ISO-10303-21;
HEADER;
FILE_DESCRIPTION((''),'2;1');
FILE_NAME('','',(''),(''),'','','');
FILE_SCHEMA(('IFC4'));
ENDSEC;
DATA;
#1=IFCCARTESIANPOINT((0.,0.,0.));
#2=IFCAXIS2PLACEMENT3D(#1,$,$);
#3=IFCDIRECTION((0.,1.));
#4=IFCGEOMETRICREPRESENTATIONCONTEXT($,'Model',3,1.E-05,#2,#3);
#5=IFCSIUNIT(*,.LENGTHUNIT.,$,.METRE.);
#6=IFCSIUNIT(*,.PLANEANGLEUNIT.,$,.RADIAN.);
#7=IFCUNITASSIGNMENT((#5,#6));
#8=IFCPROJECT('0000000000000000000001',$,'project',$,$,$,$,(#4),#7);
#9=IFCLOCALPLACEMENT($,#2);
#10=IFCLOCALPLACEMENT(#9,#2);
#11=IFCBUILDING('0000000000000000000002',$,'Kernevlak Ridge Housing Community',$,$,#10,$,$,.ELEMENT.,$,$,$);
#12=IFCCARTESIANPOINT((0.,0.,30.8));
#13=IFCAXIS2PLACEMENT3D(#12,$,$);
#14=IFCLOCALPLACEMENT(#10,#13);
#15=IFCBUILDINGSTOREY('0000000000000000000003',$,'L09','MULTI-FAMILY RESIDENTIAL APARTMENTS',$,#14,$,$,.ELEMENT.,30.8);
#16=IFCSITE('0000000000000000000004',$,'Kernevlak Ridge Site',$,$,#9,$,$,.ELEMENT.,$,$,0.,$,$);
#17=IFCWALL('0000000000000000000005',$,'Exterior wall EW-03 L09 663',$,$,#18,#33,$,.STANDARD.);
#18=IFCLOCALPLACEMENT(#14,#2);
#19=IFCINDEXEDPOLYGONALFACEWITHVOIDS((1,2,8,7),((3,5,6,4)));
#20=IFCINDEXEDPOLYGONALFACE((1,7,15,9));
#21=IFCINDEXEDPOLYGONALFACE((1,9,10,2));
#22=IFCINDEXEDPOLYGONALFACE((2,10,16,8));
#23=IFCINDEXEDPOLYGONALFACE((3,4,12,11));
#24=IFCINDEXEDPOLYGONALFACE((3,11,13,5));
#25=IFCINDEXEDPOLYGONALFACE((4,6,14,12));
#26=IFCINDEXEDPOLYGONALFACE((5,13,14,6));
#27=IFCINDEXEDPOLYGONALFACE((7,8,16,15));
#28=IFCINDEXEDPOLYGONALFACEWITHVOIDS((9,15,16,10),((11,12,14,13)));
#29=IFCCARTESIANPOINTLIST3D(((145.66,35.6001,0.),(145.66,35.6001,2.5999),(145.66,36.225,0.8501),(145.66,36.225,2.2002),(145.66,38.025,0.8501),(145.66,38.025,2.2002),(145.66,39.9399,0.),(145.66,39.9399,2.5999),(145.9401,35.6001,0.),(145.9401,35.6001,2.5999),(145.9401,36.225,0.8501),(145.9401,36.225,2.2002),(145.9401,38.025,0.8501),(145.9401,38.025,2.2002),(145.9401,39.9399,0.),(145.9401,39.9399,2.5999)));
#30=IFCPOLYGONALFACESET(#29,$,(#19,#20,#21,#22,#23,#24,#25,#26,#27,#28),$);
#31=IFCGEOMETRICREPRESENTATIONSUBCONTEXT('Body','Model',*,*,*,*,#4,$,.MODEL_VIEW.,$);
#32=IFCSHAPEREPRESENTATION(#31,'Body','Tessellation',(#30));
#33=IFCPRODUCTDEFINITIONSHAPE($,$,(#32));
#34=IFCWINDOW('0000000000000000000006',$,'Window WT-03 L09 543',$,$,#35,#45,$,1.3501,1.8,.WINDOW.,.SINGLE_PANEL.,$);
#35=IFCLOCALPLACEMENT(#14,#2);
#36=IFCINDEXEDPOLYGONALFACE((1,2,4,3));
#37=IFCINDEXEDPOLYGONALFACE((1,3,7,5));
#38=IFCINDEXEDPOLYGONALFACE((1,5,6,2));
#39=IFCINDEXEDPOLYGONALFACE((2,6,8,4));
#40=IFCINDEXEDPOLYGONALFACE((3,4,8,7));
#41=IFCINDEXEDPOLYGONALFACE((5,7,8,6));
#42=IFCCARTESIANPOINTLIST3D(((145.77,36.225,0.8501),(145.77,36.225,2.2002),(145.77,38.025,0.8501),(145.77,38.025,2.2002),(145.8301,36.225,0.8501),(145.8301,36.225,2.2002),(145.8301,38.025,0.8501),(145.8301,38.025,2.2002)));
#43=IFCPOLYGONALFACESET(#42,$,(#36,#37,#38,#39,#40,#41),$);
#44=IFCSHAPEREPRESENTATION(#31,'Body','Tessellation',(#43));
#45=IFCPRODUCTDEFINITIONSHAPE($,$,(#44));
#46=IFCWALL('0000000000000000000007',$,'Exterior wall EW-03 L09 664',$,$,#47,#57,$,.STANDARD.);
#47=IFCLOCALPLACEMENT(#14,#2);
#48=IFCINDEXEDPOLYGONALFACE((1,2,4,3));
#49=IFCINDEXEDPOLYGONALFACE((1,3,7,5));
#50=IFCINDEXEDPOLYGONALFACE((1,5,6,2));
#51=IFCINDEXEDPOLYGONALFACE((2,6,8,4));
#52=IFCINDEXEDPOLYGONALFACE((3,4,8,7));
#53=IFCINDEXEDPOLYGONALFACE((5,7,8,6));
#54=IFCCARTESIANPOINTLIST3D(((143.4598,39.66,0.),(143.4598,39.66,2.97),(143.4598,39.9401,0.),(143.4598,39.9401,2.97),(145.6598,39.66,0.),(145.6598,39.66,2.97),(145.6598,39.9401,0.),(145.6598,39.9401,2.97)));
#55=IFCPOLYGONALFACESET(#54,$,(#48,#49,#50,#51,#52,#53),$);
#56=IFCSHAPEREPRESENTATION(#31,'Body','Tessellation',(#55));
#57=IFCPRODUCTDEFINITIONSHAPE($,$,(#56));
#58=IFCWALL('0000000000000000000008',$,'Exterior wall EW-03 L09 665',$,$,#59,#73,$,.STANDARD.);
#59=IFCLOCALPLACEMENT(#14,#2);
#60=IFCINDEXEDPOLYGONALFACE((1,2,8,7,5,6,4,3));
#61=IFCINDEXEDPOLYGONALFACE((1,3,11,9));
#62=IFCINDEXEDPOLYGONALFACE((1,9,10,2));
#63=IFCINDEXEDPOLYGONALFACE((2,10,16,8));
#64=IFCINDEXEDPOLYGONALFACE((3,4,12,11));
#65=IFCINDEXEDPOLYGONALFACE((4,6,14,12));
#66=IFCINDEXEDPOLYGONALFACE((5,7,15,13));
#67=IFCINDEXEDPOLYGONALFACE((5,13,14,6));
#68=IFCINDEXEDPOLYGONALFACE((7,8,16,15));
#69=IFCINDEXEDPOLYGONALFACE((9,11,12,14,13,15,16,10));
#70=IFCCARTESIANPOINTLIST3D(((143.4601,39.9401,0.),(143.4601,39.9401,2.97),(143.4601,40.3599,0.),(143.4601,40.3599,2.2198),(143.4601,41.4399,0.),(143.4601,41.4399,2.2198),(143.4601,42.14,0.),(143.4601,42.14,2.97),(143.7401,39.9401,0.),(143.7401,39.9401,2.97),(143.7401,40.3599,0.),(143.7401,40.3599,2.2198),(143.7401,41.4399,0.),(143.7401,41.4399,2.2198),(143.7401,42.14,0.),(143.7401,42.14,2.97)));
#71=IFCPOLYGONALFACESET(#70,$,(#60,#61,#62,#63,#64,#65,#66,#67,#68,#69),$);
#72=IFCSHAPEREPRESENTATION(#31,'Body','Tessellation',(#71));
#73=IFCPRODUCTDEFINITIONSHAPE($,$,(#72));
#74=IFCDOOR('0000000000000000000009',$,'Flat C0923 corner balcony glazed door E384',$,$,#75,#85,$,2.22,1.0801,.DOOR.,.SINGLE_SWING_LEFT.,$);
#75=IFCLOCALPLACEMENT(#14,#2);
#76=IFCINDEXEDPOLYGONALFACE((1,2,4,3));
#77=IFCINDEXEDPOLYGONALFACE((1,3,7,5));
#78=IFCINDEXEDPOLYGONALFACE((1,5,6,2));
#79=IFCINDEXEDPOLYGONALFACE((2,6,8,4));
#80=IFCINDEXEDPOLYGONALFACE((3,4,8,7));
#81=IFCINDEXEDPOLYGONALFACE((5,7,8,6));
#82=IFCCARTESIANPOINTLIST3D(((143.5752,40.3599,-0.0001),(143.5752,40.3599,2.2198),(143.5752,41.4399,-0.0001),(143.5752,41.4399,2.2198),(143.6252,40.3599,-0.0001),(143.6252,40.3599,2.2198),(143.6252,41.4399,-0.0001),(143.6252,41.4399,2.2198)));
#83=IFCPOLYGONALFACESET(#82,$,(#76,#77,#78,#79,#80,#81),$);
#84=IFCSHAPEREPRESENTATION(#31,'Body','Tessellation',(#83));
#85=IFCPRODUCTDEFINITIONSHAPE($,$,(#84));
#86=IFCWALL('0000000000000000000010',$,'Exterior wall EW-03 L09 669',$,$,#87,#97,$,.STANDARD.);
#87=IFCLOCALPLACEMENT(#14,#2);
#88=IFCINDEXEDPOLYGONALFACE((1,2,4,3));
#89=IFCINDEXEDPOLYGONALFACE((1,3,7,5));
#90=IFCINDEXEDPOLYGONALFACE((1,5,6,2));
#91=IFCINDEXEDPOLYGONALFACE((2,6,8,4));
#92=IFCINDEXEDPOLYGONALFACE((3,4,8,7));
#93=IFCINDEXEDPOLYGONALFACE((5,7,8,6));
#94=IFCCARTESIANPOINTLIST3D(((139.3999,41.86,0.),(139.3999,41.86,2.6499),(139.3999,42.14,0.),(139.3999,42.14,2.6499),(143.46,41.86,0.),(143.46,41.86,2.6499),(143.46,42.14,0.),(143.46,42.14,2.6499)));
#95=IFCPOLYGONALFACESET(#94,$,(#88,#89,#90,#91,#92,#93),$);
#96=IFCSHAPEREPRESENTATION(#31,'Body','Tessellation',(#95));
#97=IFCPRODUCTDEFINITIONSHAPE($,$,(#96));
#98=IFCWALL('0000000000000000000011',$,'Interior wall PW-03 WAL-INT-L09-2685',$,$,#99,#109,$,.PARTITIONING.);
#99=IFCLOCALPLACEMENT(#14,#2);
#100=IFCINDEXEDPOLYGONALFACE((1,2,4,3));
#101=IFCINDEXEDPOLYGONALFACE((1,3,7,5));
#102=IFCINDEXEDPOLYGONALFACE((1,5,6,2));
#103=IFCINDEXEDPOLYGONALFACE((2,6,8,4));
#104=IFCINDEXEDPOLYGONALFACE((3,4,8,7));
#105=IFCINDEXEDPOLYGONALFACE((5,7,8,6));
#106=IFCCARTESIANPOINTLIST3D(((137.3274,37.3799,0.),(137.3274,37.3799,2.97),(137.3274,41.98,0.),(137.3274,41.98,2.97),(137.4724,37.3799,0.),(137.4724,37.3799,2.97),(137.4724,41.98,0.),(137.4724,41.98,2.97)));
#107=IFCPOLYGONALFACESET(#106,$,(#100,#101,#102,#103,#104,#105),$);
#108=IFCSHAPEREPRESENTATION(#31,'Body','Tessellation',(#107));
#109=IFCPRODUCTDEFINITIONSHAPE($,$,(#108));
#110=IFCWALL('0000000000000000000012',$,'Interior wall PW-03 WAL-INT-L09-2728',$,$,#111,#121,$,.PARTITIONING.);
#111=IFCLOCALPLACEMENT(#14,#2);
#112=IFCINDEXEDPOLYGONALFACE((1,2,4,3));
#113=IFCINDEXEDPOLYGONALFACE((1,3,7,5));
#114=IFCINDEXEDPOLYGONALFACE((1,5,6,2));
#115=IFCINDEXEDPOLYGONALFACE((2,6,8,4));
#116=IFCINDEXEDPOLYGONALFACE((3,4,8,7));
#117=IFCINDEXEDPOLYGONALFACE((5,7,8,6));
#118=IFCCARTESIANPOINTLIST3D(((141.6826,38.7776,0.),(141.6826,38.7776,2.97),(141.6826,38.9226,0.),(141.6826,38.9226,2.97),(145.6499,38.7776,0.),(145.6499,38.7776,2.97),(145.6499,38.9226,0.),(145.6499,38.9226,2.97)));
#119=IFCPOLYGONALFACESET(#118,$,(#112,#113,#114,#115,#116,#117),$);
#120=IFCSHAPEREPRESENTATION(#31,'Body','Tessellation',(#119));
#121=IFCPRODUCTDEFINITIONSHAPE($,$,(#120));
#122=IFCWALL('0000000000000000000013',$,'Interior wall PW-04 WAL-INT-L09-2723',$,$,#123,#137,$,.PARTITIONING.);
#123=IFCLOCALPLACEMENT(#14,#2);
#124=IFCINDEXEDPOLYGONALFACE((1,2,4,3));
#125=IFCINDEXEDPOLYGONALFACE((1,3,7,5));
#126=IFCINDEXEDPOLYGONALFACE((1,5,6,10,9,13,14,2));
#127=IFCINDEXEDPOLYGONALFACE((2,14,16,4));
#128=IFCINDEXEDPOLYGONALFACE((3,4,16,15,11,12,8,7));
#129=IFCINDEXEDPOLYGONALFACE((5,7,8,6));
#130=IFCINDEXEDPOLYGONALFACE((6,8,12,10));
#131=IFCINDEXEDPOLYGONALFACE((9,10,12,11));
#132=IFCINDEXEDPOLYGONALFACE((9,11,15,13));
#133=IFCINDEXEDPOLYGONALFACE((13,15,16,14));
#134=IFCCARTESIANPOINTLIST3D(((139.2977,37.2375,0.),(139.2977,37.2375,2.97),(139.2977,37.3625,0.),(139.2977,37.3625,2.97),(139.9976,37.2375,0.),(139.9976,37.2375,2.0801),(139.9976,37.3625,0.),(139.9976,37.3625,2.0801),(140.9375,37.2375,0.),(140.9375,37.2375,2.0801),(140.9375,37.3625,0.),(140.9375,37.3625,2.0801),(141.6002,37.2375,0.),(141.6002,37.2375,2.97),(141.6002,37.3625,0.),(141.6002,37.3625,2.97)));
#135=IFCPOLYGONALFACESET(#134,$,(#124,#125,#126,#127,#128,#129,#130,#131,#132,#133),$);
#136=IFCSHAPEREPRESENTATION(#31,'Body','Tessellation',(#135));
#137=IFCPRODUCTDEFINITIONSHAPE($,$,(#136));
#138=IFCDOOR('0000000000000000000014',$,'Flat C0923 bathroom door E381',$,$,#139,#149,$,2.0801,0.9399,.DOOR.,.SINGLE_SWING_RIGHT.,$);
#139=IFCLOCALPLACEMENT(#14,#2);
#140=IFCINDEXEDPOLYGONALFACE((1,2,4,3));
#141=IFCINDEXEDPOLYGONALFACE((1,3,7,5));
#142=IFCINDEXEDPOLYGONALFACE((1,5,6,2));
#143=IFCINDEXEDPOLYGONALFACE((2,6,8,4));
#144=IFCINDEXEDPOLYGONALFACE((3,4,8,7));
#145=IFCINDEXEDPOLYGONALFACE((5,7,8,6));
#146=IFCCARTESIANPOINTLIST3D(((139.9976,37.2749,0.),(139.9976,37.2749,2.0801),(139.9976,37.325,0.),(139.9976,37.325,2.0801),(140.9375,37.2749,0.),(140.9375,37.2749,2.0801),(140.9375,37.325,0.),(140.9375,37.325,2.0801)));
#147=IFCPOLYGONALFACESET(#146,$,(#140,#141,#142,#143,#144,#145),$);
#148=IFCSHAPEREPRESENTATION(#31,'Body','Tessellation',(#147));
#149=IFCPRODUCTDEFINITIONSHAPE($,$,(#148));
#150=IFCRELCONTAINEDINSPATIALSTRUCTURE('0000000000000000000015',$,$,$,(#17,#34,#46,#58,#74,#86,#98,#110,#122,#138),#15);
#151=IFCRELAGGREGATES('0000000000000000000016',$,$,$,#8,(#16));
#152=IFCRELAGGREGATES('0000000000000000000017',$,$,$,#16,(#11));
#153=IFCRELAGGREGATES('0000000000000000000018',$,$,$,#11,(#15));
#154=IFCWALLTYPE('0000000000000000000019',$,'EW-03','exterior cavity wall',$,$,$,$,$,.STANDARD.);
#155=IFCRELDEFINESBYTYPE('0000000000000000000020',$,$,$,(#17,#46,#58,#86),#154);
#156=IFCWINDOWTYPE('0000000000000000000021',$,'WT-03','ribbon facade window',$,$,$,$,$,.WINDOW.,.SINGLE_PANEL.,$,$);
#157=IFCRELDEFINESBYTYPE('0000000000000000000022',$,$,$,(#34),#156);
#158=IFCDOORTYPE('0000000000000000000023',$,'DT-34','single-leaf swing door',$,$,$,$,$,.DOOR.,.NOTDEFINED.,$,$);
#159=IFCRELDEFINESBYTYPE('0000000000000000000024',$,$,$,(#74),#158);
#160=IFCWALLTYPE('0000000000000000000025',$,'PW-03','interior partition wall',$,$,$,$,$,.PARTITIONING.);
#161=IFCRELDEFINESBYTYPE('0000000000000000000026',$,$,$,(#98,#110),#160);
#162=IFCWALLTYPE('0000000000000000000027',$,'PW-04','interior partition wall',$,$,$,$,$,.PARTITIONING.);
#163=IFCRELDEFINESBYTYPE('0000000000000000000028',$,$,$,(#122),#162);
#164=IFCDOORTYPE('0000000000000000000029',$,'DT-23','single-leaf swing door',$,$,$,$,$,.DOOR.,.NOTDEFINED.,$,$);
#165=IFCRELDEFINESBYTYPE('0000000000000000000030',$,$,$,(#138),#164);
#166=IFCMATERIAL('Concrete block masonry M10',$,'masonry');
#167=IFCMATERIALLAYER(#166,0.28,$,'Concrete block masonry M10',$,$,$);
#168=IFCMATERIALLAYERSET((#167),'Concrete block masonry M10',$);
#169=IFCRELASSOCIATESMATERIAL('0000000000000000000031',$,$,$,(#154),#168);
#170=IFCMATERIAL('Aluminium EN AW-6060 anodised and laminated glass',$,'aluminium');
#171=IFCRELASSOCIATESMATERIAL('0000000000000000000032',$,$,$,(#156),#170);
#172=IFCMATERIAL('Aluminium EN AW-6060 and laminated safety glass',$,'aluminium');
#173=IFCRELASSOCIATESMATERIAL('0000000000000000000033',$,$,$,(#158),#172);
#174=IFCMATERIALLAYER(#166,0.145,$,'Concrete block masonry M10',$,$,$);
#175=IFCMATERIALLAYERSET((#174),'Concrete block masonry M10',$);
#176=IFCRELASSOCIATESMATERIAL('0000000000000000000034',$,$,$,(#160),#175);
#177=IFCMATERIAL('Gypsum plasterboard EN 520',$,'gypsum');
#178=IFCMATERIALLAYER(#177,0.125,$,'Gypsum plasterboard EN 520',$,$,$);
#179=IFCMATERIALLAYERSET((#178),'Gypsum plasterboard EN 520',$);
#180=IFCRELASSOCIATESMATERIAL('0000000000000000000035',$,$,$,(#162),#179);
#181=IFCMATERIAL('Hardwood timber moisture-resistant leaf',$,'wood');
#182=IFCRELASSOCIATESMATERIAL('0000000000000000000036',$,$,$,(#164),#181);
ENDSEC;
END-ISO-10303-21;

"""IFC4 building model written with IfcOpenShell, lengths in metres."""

from ifc_helpers import new_model, si_unit, direction, frame, frame_2d, origin, place, context, subcontext, project, spatial, rectangle, extrude, material, layer, layer_set, type_object, element, fill, save


model = new_model("IFC4")

# Units and contexts
model_context = context("Model", 3, precision=1e-05, world=origin(), true_north=direction((0.0, 1.0)))
body_context = subcontext(model_context, "Body", "Model", "MODEL_VIEW")
ifc_project = project(units=[si_unit("LENGTHUNIT", "METRE"), si_unit("PLANEANGLEUNIT", "RADIAN")], contexts=[model_context])

# Site, building, storey
site_placement = place(None, origin())
site = spatial("IfcSite", under=ifc_project, at=site_placement, Name="Kernevlak Ridge Site", CompositionType="ELEMENT", RefElevation=0.0)
building_placement = place(site_placement, origin())
building = spatial("IfcBuilding", under=site, at=building_placement, Name="Kernevlak Ridge Housing Community", CompositionType="ELEMENT")
storey_placement = place(building_placement, frame((0.0, 0.0, 30.8)))
storey = spatial("IfcBuildingStorey", under=building, at=storey_placement, Name="L09", Description="MULTI-FAMILY RESIDENTIAL APARTMENTS", CompositionType="ELEMENT", Elevation=30.8)

# Shared definitions
ifc_material_1 = material(Name="Aluminium EN AW-6060 anodised and laminated glass", Category="aluminium")

# Wall, opening, window
ifc_material_2 = material(Name="Concrete block masonry M10", Category="masonry")
ifc_layer_1 = layer(ifc_material_2, 0.28, Name="Concrete block masonry M10")
ifc_layer_set_1 = layer_set([ifc_layer_1], Name="Concrete block masonry M10")
wall_type_1 = type_object("IfcWallType", Name="EW-03", Description="exterior cavity wall", PredefinedType="STANDARD", material=ifc_layer_set_1)
wall_1_placement = place(storey_placement, frame((145.8, 35.6001, 0.0), z_axis=(0.0, 0.0, 1.0), x_axis=(0.0, 1.0, 0.0)))
wall_1 = element("IfcWall", 1, at=wall_1_placement, inside=storey, type_object=wall_type_1, Name="Exterior wall EW-03 L09 663", PredefinedType="STANDARD", context=body_context, shape_type="SweptSolid", body=[
    extrude(rectangle(XDim=4.3398, YDim=0.28, at=frame_2d((2.1699, 0.0))), origin(), (0.0, 0.0, 1.0), 2.5999),
])
opening_1_placement = place(wall_1_placement, frame((0.625, 0.0, 0.8501)))
opening_1 = element("IfcOpeningElement", 2, at=opening_1_placement, cuts=wall_1, PredefinedType="OPENING", context=body_context, shape_type="SweptSolid", body=[
    extrude(rectangle(XDim=1.8, YDim=1.3501, at=frame_2d((0.8999, 0.675))), frame((0.0, 0.1499, 0.0), z_axis=(0.0, -1.0, 0.0), x_axis=(1.0, 0.0, 0.0)), (0.0, 0.0, 1.0), 0.3),
])
window_type = type_object("IfcWindowType", Name="WT-03", Description="ribbon facade window", PartitioningType="SINGLE_PANEL", PredefinedType="WINDOW", material=ifc_material_1)
window_placement = place(opening_1_placement, origin())
window = element("IfcWindow", 3, at=window_placement, inside=storey, type_object=window_type, Name="Window WT-03 L09 543", OverallHeight=1.3501, OverallWidth=1.8, PartitioningType="SINGLE_PANEL", PredefinedType="WINDOW", context=body_context, shape_type="SweptSolid", body=[
    extrude(rectangle(XDim=1.8, YDim=1.3501, at=frame_2d((0.8999, 0.675))), frame((0.0, 0.03, 0.0), z_axis=(0.0, -1.0, 0.0), x_axis=(1.0, 0.0, 0.0)), (0.0, 0.0, 1.0), 0.0601),
])
fill(opening_1, window)

# Wall
wall_2_placement = place(storey_placement, frame((145.6599, 39.8, 0.0), z_axis=(0.0, 0.0, 1.0), x_axis=(-1.0, 0.0, 0.0)))
element("IfcWall", 4, at=wall_2_placement, inside=storey, type_object=wall_type_1, Name="Exterior wall EW-03 L09 664", PredefinedType="STANDARD", context=body_context, shape_type="SweptSolid", body=[
    extrude(rectangle(XDim=2.2, YDim=0.28, at=frame_2d((1.1001, 0.0))), origin(), (0.0, 0.0, 1.0), 2.97),
])

# Wall, opening, door
wall_3_placement = place(storey_placement, frame((143.6001, 39.9399, 0.0), z_axis=(0.0, 0.0, 1.0), x_axis=(0.0, 1.0, 0.0)))
wall_3 = element("IfcWall", 5, at=wall_3_placement, inside=storey, type_object=wall_type_1, Name="Exterior wall EW-03 L09 665", PredefinedType="STANDARD", context=body_context, shape_type="SweptSolid", body=[
    extrude(rectangle(XDim=2.2, YDim=0.28, at=frame_2d((1.1001, 0.0))), origin(), (0.0, 0.0, 1.0), 2.97),
])
opening_2_placement = place(wall_3_placement, frame((0.4199, 0.0, 0.0)))
opening_2 = element("IfcOpeningElement", 6, at=opening_2_placement, cuts=wall_3, PredefinedType="OPENING", context=body_context, shape_type="SweptSolid", body=[
    extrude(rectangle(XDim=1.0801, YDim=2.22, at=frame_2d((0.54, 1.1099))), frame((0.0, 0.1499, 0.0), z_axis=(0.0, -1.0, 0.0), x_axis=(1.0, 0.0, 0.0)), (0.0, 0.0, 1.0), 0.3),
])
ifc_material_3 = material(Name="Aluminium EN AW-6060 and laminated safety glass", Category="aluminium")
door_type_1 = type_object("IfcDoorType", Name="DT-34", Description="single-leaf swing door", OperationType="NOTDEFINED", PredefinedType="DOOR", material=ifc_material_3)
door_1_placement = place(opening_2_placement, origin())
door_1 = element("IfcDoor", 7, at=door_1_placement, inside=storey, type_object=door_type_1, Name="Flat C0923 corner balcony glazed door E384", OperationType="SINGLE_SWING_LEFT", OverallHeight=2.22, OverallWidth=1.0801, PredefinedType="DOOR", context=body_context, shape_type="SweptSolid", body=[
    extrude(rectangle(XDim=1.0801, YDim=2.22, at=frame_2d((0.54, 1.1099))), frame((0.0, 0.0249, 0.0), z_axis=(0.0, -1.0, 0.0), x_axis=(1.0, 0.0, 0.0)), (0.0, 0.0, 1.0), 0.05),
])
fill(opening_2, door_1)

# Walls
wall_4_placement = place(storey_placement, frame((139.3999, 42.0, 0.0), z_axis=(0.0, 0.0, 1.0), x_axis=(1.0, 0.0, 0.0)))
element("IfcWall", 8, at=wall_4_placement, inside=storey, type_object=wall_type_1, Name="Exterior wall EW-03 L09 669", PredefinedType="STANDARD", context=body_context, shape_type="SweptSolid", body=[
    extrude(rectangle(XDim=4.0601, YDim=0.28, at=frame_2d((2.03, 0.0))), origin(), (0.0, 0.0, 1.0), 2.6499),
])
ifc_layer_2 = layer(ifc_material_2, 0.145, Name="Concrete block masonry M10")
ifc_layer_set_2 = layer_set([ifc_layer_2], Name="Concrete block masonry M10")
wall_type_2 = type_object("IfcWallType", Name="PW-03", Description="interior partition wall", PredefinedType="PARTITIONING", material=ifc_layer_set_2)
wall_5_placement = place(storey_placement, frame((137.3999, 37.3799, 0.0), z_axis=(0.0, 0.0, 1.0), x_axis=(0.0, 1.0, 0.0)))
element("IfcWall", 9, at=wall_5_placement, inside=storey, type_object=wall_type_2, Name="Interior wall PW-03 WAL-INT-L09-2685", PredefinedType="PARTITIONING", context=body_context, shape_type="SweptSolid", body=[
    extrude(rectangle(XDim=4.6001, YDim=0.145, at=frame_2d((2.3, 0.0))), origin(), (0.0, 0.0, 1.0), 2.97),
])

# Wall
wall_6_placement = place(storey_placement, frame((141.6826, 38.8501, 0.0), z_axis=(0.0, 0.0, 1.0), x_axis=(1.0, 0.0, 0.0)))
element("IfcWall", 10, at=wall_6_placement, inside=storey, type_object=wall_type_2, Name="Interior wall PW-03 WAL-INT-L09-2728", PredefinedType="PARTITIONING", context=body_context, shape_type="SweptSolid", body=[
    extrude(rectangle(XDim=3.9673, YDim=0.145, at=frame_2d((1.9836, 0.0))), origin(), (0.0, 0.0, 1.0), 2.97),
])

# Wall, opening, door
ifc_material_4 = material(Name="Gypsum plasterboard EN 520", Category="gypsum")
ifc_layer_3 = layer(ifc_material_4, 0.125, Name="Gypsum plasterboard EN 520")
ifc_layer_set_3 = layer_set([ifc_layer_3], Name="Gypsum plasterboard EN 520")
wall_type_3 = type_object("IfcWallType", Name="PW-04", Description="interior partition wall", PredefinedType="PARTITIONING", material=ifc_layer_set_3)
wall_7_placement = place(storey_placement, frame((139.2976, 37.3, 0.0), z_axis=(0.0, 0.0, 1.0), x_axis=(1.0, 0.0, 0.0)))
wall_7 = element("IfcWall", 11, at=wall_7_placement, inside=storey, type_object=wall_type_3, Name="Interior wall PW-04 WAL-INT-L09-2723", PredefinedType="PARTITIONING", context=body_context, shape_type="SweptSolid", body=[
    extrude(rectangle(XDim=2.3025, YDim=0.125, at=frame_2d((1.1514, 0.0))), origin(), (0.0, 0.0, 1.0), 2.97),
])
opening_3_placement = place(wall_7_placement, frame((0.7, 0.0, 0.0)))
opening_3 = element("IfcOpeningElement", 12, at=opening_3_placement, cuts=wall_7, PredefinedType="OPENING", context=body_context, shape_type="SweptSolid", body=[
    extrude(rectangle(XDim=0.9399, YDim=2.0801, at=frame_2d((0.47, 1.04))), frame((0.0, 0.0725, 0.0), z_axis=(0.0, -1.0, 0.0), x_axis=(1.0, 0.0, 0.0)), (0.0, 0.0, 1.0), 0.145),
])
ifc_material_5 = material(Name="Hardwood timber moisture-resistant leaf", Category="wood")
door_type_2 = type_object("IfcDoorType", Name="DT-23", Description="single-leaf swing door", OperationType="NOTDEFINED", PredefinedType="DOOR", material=ifc_material_5)
door_2_placement = place(opening_3_placement, origin())
door_2 = element("IfcDoor", 13, at=door_2_placement, inside=storey, type_object=door_type_2, Name="Flat C0923 bathroom door E381", OperationType="SINGLE_SWING_RIGHT", OverallHeight=2.0801, OverallWidth=0.9399, PredefinedType="DOOR", context=body_context, shape_type="SweptSolid", body=[
    extrude(rectangle(XDim=0.9399, YDim=2.0801, at=frame_2d((0.47, 1.04))), frame((0.0, 0.0249, 0.0), z_axis=(0.0, -1.0, 0.0), x_axis=(1.0, 0.0, 0.0)), (0.0, 0.0, 1.0), 0.05),
])
fill(opening_3, door_2)

save(model, "model.ifc")
